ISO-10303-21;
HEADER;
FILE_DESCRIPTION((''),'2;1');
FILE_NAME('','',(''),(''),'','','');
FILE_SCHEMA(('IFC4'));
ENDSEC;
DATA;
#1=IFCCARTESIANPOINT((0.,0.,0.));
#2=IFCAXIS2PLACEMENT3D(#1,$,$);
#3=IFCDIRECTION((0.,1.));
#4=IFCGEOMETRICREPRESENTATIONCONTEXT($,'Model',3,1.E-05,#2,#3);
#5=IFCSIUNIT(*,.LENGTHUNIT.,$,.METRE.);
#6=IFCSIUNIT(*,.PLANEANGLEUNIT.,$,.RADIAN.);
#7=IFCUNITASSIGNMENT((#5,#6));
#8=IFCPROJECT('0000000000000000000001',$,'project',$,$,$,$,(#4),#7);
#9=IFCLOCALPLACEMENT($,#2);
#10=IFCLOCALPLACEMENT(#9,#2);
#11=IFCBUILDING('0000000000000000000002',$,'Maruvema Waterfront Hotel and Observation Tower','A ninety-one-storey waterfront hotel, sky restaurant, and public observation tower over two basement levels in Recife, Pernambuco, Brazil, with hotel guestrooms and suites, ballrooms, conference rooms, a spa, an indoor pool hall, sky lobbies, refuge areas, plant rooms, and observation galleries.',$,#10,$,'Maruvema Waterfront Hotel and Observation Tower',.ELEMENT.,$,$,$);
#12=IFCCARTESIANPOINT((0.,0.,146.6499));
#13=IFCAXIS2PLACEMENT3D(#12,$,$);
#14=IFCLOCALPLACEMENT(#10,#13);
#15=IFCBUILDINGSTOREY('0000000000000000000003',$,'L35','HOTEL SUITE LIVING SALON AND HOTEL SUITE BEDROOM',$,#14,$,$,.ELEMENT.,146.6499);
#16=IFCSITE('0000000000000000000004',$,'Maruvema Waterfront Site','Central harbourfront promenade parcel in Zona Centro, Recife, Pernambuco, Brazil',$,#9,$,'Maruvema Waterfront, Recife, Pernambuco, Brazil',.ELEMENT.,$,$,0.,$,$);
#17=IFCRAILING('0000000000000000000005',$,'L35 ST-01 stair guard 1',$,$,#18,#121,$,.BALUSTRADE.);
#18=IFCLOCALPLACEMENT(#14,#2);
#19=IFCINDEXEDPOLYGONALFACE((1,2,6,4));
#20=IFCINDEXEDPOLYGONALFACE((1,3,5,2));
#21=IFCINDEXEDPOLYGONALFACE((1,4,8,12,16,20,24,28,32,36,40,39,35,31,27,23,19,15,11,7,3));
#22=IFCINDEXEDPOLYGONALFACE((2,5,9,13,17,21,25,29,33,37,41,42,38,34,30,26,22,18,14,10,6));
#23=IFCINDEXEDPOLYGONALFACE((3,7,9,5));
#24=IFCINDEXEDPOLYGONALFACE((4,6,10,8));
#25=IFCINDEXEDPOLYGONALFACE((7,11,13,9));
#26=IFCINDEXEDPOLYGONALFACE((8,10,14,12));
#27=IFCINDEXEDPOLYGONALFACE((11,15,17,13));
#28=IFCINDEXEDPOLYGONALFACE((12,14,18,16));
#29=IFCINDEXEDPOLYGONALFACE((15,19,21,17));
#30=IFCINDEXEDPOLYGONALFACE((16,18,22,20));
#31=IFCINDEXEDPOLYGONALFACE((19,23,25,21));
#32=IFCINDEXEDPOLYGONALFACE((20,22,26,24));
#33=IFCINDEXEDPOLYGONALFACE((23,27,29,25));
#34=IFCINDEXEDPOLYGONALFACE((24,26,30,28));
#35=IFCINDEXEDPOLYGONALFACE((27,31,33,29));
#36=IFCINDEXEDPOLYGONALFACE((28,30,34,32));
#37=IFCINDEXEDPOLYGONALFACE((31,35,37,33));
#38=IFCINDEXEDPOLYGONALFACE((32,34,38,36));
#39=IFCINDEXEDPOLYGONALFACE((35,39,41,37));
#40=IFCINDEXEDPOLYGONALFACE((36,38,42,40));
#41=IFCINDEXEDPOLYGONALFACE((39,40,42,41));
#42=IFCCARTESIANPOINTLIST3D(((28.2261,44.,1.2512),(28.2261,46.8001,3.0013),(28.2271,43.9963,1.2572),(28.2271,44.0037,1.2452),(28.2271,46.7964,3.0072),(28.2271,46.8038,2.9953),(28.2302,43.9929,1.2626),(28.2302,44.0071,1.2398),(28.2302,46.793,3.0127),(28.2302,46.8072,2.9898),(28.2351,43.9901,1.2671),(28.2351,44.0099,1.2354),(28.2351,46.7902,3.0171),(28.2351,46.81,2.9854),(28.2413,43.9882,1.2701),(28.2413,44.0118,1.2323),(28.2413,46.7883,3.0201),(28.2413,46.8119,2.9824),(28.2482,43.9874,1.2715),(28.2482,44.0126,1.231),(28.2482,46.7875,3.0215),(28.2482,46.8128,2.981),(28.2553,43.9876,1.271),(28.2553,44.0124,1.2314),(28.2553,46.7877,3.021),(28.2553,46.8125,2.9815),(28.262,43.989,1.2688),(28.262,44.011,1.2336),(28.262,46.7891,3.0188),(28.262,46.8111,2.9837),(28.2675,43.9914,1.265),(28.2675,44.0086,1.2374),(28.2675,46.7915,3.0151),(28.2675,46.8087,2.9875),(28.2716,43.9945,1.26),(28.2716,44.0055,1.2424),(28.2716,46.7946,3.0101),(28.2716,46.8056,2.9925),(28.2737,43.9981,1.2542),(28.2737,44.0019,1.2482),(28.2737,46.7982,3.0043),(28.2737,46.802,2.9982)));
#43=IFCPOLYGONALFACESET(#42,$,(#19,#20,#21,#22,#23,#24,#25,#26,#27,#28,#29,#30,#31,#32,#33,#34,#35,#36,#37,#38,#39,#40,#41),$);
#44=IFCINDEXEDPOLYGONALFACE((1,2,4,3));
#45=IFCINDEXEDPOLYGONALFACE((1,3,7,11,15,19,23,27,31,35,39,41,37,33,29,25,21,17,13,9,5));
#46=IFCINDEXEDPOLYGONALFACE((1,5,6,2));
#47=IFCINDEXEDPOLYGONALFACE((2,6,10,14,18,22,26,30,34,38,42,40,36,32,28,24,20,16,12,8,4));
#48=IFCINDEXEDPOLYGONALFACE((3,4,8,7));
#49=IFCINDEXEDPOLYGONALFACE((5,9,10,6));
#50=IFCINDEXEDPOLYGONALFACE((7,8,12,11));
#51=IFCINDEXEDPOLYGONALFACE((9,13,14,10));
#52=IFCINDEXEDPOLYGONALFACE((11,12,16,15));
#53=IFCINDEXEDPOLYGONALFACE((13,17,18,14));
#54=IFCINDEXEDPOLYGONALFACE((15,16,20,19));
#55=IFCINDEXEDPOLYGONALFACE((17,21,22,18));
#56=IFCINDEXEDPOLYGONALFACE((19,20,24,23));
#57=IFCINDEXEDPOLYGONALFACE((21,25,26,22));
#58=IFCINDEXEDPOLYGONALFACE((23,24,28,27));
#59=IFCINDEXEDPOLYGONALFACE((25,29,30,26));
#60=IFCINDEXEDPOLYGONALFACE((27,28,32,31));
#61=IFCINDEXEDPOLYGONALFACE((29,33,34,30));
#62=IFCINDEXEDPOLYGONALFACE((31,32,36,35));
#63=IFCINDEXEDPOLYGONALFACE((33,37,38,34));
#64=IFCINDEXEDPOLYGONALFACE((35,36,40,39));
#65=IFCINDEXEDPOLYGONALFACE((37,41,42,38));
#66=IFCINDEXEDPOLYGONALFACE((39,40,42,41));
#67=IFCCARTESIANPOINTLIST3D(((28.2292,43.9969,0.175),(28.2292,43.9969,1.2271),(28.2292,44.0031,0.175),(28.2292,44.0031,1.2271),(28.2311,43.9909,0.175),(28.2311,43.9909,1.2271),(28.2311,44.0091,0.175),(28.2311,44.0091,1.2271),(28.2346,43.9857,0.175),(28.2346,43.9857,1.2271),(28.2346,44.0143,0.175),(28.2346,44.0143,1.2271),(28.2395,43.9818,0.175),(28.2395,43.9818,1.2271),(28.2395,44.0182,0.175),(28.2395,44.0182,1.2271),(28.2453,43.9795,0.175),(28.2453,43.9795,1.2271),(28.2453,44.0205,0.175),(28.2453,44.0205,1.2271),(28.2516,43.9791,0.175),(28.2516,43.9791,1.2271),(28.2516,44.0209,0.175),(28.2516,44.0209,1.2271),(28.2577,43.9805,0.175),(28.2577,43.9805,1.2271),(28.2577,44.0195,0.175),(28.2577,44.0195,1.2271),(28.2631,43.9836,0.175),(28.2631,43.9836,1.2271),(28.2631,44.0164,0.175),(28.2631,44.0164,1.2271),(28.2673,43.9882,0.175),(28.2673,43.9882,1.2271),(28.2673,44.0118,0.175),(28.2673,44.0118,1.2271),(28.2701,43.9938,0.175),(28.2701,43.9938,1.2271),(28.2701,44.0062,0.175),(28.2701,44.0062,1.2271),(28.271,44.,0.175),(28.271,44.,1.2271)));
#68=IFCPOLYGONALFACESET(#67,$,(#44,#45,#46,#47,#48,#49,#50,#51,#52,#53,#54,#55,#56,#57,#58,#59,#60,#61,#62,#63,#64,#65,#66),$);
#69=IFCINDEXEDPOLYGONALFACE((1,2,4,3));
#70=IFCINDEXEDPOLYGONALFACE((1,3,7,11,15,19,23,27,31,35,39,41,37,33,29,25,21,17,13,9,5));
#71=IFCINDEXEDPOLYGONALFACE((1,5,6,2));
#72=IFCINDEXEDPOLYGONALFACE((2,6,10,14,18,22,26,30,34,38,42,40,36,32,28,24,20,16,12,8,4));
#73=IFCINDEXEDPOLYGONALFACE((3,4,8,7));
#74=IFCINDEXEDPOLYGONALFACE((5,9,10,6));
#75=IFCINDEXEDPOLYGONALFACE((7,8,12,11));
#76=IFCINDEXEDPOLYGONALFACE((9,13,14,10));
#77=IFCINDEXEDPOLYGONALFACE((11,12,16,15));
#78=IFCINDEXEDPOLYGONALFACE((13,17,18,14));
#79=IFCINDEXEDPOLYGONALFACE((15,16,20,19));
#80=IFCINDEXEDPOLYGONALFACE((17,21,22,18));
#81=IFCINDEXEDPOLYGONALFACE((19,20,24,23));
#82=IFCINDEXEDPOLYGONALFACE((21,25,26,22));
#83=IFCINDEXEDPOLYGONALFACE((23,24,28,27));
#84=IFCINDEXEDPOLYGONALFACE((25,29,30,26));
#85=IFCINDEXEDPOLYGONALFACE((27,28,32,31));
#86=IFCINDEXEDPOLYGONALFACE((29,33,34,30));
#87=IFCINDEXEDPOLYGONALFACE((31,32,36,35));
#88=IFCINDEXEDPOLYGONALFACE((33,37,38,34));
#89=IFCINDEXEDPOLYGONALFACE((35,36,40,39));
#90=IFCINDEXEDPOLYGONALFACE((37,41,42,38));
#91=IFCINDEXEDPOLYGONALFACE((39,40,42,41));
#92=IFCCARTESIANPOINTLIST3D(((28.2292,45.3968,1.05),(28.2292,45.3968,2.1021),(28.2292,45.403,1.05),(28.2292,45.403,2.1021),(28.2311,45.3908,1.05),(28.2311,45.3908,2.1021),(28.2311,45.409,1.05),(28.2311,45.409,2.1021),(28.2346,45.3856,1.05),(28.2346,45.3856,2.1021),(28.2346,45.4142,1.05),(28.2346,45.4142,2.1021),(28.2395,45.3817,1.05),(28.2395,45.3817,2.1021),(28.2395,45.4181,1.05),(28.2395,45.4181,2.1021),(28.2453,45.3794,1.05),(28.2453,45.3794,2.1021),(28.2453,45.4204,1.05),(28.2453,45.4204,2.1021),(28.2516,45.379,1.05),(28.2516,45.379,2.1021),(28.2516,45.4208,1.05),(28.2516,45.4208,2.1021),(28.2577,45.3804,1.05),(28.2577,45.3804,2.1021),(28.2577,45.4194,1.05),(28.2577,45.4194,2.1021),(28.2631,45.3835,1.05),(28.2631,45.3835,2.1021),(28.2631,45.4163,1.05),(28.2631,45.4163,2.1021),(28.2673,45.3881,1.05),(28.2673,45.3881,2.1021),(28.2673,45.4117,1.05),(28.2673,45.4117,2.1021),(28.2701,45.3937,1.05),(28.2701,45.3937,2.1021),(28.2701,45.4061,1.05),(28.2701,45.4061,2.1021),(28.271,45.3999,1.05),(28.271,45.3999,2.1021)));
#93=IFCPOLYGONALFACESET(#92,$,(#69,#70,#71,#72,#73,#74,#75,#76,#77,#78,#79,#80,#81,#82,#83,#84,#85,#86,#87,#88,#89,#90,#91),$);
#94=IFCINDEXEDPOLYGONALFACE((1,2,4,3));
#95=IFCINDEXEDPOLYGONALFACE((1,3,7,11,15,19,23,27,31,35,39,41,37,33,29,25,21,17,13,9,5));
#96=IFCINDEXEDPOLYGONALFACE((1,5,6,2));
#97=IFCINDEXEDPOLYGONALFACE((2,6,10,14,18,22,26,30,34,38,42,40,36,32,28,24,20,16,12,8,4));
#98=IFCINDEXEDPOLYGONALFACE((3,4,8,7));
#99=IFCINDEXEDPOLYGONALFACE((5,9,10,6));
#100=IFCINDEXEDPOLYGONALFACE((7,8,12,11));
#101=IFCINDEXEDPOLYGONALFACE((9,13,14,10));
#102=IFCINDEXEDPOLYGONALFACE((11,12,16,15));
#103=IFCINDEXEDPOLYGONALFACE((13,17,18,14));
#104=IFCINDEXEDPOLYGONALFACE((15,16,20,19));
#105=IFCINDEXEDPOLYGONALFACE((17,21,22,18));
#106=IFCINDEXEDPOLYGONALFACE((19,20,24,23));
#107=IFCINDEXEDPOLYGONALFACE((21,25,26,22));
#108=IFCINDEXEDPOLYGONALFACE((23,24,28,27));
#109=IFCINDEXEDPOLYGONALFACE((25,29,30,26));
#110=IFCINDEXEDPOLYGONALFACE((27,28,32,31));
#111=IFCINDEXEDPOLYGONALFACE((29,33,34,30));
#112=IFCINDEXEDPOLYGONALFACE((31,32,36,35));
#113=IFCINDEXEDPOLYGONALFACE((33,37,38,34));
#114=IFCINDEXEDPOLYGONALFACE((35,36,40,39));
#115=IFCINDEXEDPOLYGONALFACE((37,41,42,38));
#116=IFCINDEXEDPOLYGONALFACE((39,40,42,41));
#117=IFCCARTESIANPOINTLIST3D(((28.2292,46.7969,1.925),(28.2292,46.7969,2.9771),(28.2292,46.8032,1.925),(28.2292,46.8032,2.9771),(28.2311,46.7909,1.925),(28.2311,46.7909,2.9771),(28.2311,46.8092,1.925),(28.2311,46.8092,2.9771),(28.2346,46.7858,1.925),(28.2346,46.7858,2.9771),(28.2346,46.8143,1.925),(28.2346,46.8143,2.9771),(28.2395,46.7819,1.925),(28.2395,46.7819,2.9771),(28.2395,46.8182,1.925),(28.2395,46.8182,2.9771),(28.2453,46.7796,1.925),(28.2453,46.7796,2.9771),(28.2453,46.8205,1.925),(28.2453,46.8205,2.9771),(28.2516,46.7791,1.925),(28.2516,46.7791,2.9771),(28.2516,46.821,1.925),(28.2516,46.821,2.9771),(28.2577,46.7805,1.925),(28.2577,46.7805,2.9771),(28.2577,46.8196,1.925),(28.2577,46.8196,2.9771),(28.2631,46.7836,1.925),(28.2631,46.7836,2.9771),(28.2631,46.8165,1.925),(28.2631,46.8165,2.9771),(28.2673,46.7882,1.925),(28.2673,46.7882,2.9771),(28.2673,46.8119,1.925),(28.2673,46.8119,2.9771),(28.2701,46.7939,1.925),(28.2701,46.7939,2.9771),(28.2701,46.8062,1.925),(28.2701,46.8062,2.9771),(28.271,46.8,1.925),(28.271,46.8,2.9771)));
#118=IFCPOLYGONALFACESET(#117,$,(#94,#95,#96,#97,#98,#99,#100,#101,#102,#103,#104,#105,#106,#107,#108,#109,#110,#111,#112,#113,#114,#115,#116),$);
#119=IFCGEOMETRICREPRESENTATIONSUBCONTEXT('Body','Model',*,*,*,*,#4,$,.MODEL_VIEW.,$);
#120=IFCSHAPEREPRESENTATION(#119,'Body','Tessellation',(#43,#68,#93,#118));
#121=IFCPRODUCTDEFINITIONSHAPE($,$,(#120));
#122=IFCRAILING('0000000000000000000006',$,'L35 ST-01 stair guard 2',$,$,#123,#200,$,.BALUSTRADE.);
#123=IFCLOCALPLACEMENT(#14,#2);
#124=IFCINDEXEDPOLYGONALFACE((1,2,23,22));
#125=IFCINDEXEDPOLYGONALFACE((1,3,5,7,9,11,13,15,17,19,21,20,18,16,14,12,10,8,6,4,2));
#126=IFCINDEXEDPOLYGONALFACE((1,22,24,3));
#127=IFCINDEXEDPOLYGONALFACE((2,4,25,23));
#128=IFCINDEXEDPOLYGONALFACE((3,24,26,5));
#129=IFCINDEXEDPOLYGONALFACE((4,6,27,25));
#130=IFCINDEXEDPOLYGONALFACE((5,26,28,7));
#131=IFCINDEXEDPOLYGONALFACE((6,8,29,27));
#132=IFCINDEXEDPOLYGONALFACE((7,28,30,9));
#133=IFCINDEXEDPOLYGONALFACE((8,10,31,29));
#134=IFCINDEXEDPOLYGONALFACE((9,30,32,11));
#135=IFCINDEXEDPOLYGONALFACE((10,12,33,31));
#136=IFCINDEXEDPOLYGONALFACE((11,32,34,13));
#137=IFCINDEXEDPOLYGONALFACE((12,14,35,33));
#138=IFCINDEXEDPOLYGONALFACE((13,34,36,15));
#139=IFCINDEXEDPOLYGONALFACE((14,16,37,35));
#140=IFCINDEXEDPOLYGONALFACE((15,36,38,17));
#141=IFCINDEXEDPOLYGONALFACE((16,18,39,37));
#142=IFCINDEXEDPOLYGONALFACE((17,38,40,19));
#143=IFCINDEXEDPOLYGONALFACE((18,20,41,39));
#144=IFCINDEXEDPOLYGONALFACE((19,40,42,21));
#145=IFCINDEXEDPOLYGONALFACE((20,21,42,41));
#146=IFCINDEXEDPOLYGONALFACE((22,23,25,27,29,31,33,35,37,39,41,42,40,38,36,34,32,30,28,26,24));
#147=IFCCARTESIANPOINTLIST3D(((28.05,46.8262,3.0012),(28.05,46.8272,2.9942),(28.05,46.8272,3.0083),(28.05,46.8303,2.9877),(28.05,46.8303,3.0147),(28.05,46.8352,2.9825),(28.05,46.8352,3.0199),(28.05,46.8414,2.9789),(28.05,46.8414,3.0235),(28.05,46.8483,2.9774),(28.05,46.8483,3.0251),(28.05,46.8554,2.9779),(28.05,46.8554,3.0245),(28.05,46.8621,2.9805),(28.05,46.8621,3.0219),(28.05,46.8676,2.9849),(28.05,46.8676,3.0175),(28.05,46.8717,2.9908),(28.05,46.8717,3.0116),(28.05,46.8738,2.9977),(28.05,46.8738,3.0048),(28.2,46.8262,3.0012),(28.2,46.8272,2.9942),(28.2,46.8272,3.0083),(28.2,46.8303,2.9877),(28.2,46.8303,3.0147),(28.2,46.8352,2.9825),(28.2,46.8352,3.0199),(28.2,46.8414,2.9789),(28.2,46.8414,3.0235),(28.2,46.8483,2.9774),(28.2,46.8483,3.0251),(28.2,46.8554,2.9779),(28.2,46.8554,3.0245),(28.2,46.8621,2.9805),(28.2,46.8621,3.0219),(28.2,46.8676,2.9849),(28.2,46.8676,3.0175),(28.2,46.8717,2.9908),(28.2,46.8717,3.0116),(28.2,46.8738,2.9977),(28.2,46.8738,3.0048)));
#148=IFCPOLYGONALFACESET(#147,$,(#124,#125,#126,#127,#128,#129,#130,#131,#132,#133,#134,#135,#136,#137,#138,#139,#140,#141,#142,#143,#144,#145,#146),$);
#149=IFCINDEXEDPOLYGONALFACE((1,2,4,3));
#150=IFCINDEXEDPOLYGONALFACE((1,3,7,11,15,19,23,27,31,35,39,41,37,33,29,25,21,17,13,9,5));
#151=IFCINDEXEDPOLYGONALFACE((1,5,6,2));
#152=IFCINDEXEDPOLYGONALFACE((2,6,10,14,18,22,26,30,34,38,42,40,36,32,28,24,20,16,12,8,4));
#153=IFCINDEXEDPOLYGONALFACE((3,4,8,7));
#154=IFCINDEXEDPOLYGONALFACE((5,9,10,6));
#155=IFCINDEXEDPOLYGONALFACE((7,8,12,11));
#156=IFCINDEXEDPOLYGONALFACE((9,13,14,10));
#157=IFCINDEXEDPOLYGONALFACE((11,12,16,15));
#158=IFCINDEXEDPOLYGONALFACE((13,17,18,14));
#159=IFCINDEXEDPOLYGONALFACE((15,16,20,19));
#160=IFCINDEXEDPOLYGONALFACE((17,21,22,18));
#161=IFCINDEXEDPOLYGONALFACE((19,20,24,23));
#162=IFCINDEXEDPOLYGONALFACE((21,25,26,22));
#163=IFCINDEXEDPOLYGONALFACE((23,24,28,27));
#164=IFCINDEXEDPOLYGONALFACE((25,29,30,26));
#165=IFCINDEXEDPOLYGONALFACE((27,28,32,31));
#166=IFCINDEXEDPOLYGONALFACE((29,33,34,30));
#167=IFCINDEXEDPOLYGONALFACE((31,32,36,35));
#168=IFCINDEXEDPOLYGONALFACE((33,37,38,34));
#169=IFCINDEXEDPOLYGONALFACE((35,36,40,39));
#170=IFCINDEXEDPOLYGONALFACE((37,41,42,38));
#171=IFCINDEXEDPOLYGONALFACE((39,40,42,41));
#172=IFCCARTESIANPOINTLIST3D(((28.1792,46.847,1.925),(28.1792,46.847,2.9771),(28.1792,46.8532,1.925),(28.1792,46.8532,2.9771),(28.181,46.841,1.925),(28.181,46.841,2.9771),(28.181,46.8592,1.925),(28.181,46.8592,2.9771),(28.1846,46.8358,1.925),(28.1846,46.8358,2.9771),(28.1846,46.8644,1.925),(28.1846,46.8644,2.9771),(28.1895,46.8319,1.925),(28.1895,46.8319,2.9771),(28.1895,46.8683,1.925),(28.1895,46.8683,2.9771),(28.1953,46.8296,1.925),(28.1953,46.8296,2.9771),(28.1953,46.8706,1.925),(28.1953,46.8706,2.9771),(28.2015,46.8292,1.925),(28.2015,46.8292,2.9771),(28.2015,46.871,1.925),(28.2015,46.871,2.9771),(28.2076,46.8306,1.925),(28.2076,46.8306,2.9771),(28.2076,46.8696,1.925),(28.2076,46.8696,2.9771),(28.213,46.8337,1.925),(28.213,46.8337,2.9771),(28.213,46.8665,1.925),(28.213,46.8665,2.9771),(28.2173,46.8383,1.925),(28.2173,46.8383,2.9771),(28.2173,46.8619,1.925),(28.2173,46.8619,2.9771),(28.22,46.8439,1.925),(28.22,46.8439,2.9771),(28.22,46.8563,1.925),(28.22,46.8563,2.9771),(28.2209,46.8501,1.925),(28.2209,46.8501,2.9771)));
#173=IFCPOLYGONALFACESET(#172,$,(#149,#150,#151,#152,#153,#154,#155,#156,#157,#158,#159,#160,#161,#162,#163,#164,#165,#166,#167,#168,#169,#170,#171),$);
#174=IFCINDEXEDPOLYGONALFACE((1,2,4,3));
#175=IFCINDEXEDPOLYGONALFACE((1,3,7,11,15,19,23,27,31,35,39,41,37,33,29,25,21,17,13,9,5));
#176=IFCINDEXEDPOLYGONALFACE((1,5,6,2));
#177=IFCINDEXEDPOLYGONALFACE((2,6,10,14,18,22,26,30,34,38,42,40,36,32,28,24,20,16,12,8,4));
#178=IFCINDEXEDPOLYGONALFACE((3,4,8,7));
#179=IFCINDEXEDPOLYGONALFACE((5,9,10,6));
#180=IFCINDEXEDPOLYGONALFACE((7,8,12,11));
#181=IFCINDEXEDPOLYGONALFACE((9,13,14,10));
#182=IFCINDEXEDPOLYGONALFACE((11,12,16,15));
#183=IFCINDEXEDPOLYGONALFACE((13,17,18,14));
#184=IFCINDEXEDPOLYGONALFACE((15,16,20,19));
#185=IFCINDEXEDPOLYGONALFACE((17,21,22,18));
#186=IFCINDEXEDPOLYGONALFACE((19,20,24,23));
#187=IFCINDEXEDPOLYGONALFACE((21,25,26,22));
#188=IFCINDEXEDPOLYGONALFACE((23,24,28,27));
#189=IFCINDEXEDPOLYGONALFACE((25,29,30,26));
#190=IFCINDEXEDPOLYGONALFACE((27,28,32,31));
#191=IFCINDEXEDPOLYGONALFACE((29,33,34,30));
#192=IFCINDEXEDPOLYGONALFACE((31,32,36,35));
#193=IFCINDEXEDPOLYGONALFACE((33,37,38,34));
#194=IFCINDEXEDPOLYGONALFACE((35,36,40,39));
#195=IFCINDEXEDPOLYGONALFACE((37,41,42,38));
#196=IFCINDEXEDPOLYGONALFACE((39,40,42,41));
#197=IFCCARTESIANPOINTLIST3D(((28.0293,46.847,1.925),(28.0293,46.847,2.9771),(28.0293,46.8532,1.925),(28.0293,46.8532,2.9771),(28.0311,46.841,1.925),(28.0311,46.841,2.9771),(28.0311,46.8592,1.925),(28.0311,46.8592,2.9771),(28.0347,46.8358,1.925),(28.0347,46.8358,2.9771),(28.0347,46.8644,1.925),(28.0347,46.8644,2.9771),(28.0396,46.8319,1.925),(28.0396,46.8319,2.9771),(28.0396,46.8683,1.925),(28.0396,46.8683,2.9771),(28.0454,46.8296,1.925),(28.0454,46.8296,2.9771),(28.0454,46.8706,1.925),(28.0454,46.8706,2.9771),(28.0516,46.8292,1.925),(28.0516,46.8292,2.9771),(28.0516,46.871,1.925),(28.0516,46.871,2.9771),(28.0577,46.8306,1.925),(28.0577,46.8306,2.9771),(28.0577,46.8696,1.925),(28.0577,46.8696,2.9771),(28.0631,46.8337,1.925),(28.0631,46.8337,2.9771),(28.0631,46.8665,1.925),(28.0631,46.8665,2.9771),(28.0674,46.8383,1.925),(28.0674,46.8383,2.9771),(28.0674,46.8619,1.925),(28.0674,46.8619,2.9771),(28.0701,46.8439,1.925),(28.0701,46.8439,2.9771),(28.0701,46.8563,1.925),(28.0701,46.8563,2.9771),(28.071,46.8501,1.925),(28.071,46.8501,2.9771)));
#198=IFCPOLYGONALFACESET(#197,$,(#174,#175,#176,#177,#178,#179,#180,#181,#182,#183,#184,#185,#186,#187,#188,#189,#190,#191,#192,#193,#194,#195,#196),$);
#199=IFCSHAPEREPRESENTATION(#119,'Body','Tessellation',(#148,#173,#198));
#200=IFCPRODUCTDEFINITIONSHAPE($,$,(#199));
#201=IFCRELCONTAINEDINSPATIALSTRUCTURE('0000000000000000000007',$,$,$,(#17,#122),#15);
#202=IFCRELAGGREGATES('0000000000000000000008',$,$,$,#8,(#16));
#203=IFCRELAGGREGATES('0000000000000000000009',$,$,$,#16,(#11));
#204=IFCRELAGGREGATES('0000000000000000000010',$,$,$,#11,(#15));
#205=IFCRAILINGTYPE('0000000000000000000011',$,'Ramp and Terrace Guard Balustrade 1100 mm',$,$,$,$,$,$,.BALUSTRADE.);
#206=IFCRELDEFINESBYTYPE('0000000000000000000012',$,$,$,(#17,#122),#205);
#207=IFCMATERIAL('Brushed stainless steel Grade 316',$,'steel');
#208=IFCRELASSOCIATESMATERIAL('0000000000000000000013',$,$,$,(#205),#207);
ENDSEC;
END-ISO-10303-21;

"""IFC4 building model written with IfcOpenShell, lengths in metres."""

from ifc_helpers import new_model, si_unit, direction, frame, origin, origin_2d, place, context, subcontext, project, spatial, circle, extrude, material, type_object, element, save


model = new_model("IFC4")

# Units and contexts
model_context = context("Model", 3, precision=1e-05, world=origin(), true_north=direction((0.0, 1.0)))
body_context = subcontext(model_context, "Body", "Model", "MODEL_VIEW")
ifc_project = project(units=[si_unit("LENGTHUNIT", "METRE"), si_unit("PLANEANGLEUNIT", "RADIAN")], contexts=[model_context])

# Site, building, storey
site_placement = place(None, origin())
site = spatial("IfcSite", under=ifc_project, at=site_placement, Name="Maruvema Waterfront Site", Description="Central harbourfront promenade parcel in Zona Centro, Recife, Pernambuco, Brazil", LongName="Maruvema Waterfront, Recife, Pernambuco, Brazil", CompositionType="ELEMENT", RefElevation=0.0)
building_placement = place(site_placement, origin())
building = spatial("IfcBuilding", under=site, at=building_placement, Name="Maruvema Waterfront Hotel and Observation Tower", Description="A ninety-one-storey waterfront hotel, sky restaurant, and public observation tower over two basement levels in Recife, Pernambuco, Brazil, with hotel guestrooms and suites, ballrooms, conference rooms, a spa, an indoor pool hall, sky lobbies, refuge areas, plant rooms, and observation galleries.", LongName="Maruvema Waterfront Hotel and Observation Tower", CompositionType="ELEMENT")
storey_placement = place(building_placement, frame((0.0, 0.0, 146.6499)))
storey = spatial("IfcBuildingStorey", under=building, at=storey_placement, Name="L35", Description="HOTEL SUITE LIVING SALON AND HOTEL SUITE BEDROOM", CompositionType="ELEMENT", Elevation=146.6499)

# Railings
ifc_material_1 = material(Name="Brushed stainless steel Grade 316", Category="steel")
railing_type_1 = type_object("IfcRailingType", Name="Ramp and Terrace Guard Balustrade 1100 mm", PredefinedType="BALUSTRADE", material=ifc_material_1)
railing_1_placement = place(storey_placement, frame((28.25, 44.0, 0.175)))
element("IfcRailing", 1, at=railing_1_placement, inside=storey, type_object=railing_type_1, Name="L35 ST-01 stair guard 1", PredefinedType="BALUSTRADE", context=body_context, shape_type="SweptSolid", body=[
    extrude(circle(Radius=0.0239, at=origin_2d()), frame((0.0, 0.0, 1.0762), z_axis=(0.0, 0.848002, 0.529992), x_axis=(-1.0, 0.0, 0.0)), (0.0, 0.0, 1.0), 3.302),
    extrude(circle(Radius=0.021, at=origin_2d()), origin(), (0.0, 0.0, 1.0), 1.052),
    extrude(circle(Radius=0.021, at=origin_2d()), frame((0.0, 1.3999, 0.875)), (0.0, 0.0, 1.0), 1.052),
    extrude(circle(Radius=0.021, at=origin_2d()), frame((0.0, 2.8, 1.75)), (0.0, 0.0, 1.0), 1.052),
])
railing_2_placement = place(storey_placement, frame((28.2, 46.8501, 1.925)))
element("IfcRailing", 2, at=railing_2_placement, inside=storey, type_object=railing_type_1, Name="L35 ST-01 stair guard 2", PredefinedType="BALUSTRADE", context=body_context, shape_type="SweptSolid", body=[
    extrude(circle(Radius=0.0239, at=origin_2d()), frame((0.0, 0.0, 1.0762), z_axis=(-1.0, 0.0, 0.0), x_axis=(0.0, -1.0, 0.0)), (0.0, 0.0, 1.0), 0.1499),
    extrude(circle(Radius=0.021, at=origin_2d()), origin(), (0.0, 0.0, 1.0), 1.052),
    extrude(circle(Radius=0.021, at=origin_2d()), frame((-0.1499, 0.0, 0.0)), (0.0, 0.0, 1.0), 1.052),
])

save(model, "model.ifc")
